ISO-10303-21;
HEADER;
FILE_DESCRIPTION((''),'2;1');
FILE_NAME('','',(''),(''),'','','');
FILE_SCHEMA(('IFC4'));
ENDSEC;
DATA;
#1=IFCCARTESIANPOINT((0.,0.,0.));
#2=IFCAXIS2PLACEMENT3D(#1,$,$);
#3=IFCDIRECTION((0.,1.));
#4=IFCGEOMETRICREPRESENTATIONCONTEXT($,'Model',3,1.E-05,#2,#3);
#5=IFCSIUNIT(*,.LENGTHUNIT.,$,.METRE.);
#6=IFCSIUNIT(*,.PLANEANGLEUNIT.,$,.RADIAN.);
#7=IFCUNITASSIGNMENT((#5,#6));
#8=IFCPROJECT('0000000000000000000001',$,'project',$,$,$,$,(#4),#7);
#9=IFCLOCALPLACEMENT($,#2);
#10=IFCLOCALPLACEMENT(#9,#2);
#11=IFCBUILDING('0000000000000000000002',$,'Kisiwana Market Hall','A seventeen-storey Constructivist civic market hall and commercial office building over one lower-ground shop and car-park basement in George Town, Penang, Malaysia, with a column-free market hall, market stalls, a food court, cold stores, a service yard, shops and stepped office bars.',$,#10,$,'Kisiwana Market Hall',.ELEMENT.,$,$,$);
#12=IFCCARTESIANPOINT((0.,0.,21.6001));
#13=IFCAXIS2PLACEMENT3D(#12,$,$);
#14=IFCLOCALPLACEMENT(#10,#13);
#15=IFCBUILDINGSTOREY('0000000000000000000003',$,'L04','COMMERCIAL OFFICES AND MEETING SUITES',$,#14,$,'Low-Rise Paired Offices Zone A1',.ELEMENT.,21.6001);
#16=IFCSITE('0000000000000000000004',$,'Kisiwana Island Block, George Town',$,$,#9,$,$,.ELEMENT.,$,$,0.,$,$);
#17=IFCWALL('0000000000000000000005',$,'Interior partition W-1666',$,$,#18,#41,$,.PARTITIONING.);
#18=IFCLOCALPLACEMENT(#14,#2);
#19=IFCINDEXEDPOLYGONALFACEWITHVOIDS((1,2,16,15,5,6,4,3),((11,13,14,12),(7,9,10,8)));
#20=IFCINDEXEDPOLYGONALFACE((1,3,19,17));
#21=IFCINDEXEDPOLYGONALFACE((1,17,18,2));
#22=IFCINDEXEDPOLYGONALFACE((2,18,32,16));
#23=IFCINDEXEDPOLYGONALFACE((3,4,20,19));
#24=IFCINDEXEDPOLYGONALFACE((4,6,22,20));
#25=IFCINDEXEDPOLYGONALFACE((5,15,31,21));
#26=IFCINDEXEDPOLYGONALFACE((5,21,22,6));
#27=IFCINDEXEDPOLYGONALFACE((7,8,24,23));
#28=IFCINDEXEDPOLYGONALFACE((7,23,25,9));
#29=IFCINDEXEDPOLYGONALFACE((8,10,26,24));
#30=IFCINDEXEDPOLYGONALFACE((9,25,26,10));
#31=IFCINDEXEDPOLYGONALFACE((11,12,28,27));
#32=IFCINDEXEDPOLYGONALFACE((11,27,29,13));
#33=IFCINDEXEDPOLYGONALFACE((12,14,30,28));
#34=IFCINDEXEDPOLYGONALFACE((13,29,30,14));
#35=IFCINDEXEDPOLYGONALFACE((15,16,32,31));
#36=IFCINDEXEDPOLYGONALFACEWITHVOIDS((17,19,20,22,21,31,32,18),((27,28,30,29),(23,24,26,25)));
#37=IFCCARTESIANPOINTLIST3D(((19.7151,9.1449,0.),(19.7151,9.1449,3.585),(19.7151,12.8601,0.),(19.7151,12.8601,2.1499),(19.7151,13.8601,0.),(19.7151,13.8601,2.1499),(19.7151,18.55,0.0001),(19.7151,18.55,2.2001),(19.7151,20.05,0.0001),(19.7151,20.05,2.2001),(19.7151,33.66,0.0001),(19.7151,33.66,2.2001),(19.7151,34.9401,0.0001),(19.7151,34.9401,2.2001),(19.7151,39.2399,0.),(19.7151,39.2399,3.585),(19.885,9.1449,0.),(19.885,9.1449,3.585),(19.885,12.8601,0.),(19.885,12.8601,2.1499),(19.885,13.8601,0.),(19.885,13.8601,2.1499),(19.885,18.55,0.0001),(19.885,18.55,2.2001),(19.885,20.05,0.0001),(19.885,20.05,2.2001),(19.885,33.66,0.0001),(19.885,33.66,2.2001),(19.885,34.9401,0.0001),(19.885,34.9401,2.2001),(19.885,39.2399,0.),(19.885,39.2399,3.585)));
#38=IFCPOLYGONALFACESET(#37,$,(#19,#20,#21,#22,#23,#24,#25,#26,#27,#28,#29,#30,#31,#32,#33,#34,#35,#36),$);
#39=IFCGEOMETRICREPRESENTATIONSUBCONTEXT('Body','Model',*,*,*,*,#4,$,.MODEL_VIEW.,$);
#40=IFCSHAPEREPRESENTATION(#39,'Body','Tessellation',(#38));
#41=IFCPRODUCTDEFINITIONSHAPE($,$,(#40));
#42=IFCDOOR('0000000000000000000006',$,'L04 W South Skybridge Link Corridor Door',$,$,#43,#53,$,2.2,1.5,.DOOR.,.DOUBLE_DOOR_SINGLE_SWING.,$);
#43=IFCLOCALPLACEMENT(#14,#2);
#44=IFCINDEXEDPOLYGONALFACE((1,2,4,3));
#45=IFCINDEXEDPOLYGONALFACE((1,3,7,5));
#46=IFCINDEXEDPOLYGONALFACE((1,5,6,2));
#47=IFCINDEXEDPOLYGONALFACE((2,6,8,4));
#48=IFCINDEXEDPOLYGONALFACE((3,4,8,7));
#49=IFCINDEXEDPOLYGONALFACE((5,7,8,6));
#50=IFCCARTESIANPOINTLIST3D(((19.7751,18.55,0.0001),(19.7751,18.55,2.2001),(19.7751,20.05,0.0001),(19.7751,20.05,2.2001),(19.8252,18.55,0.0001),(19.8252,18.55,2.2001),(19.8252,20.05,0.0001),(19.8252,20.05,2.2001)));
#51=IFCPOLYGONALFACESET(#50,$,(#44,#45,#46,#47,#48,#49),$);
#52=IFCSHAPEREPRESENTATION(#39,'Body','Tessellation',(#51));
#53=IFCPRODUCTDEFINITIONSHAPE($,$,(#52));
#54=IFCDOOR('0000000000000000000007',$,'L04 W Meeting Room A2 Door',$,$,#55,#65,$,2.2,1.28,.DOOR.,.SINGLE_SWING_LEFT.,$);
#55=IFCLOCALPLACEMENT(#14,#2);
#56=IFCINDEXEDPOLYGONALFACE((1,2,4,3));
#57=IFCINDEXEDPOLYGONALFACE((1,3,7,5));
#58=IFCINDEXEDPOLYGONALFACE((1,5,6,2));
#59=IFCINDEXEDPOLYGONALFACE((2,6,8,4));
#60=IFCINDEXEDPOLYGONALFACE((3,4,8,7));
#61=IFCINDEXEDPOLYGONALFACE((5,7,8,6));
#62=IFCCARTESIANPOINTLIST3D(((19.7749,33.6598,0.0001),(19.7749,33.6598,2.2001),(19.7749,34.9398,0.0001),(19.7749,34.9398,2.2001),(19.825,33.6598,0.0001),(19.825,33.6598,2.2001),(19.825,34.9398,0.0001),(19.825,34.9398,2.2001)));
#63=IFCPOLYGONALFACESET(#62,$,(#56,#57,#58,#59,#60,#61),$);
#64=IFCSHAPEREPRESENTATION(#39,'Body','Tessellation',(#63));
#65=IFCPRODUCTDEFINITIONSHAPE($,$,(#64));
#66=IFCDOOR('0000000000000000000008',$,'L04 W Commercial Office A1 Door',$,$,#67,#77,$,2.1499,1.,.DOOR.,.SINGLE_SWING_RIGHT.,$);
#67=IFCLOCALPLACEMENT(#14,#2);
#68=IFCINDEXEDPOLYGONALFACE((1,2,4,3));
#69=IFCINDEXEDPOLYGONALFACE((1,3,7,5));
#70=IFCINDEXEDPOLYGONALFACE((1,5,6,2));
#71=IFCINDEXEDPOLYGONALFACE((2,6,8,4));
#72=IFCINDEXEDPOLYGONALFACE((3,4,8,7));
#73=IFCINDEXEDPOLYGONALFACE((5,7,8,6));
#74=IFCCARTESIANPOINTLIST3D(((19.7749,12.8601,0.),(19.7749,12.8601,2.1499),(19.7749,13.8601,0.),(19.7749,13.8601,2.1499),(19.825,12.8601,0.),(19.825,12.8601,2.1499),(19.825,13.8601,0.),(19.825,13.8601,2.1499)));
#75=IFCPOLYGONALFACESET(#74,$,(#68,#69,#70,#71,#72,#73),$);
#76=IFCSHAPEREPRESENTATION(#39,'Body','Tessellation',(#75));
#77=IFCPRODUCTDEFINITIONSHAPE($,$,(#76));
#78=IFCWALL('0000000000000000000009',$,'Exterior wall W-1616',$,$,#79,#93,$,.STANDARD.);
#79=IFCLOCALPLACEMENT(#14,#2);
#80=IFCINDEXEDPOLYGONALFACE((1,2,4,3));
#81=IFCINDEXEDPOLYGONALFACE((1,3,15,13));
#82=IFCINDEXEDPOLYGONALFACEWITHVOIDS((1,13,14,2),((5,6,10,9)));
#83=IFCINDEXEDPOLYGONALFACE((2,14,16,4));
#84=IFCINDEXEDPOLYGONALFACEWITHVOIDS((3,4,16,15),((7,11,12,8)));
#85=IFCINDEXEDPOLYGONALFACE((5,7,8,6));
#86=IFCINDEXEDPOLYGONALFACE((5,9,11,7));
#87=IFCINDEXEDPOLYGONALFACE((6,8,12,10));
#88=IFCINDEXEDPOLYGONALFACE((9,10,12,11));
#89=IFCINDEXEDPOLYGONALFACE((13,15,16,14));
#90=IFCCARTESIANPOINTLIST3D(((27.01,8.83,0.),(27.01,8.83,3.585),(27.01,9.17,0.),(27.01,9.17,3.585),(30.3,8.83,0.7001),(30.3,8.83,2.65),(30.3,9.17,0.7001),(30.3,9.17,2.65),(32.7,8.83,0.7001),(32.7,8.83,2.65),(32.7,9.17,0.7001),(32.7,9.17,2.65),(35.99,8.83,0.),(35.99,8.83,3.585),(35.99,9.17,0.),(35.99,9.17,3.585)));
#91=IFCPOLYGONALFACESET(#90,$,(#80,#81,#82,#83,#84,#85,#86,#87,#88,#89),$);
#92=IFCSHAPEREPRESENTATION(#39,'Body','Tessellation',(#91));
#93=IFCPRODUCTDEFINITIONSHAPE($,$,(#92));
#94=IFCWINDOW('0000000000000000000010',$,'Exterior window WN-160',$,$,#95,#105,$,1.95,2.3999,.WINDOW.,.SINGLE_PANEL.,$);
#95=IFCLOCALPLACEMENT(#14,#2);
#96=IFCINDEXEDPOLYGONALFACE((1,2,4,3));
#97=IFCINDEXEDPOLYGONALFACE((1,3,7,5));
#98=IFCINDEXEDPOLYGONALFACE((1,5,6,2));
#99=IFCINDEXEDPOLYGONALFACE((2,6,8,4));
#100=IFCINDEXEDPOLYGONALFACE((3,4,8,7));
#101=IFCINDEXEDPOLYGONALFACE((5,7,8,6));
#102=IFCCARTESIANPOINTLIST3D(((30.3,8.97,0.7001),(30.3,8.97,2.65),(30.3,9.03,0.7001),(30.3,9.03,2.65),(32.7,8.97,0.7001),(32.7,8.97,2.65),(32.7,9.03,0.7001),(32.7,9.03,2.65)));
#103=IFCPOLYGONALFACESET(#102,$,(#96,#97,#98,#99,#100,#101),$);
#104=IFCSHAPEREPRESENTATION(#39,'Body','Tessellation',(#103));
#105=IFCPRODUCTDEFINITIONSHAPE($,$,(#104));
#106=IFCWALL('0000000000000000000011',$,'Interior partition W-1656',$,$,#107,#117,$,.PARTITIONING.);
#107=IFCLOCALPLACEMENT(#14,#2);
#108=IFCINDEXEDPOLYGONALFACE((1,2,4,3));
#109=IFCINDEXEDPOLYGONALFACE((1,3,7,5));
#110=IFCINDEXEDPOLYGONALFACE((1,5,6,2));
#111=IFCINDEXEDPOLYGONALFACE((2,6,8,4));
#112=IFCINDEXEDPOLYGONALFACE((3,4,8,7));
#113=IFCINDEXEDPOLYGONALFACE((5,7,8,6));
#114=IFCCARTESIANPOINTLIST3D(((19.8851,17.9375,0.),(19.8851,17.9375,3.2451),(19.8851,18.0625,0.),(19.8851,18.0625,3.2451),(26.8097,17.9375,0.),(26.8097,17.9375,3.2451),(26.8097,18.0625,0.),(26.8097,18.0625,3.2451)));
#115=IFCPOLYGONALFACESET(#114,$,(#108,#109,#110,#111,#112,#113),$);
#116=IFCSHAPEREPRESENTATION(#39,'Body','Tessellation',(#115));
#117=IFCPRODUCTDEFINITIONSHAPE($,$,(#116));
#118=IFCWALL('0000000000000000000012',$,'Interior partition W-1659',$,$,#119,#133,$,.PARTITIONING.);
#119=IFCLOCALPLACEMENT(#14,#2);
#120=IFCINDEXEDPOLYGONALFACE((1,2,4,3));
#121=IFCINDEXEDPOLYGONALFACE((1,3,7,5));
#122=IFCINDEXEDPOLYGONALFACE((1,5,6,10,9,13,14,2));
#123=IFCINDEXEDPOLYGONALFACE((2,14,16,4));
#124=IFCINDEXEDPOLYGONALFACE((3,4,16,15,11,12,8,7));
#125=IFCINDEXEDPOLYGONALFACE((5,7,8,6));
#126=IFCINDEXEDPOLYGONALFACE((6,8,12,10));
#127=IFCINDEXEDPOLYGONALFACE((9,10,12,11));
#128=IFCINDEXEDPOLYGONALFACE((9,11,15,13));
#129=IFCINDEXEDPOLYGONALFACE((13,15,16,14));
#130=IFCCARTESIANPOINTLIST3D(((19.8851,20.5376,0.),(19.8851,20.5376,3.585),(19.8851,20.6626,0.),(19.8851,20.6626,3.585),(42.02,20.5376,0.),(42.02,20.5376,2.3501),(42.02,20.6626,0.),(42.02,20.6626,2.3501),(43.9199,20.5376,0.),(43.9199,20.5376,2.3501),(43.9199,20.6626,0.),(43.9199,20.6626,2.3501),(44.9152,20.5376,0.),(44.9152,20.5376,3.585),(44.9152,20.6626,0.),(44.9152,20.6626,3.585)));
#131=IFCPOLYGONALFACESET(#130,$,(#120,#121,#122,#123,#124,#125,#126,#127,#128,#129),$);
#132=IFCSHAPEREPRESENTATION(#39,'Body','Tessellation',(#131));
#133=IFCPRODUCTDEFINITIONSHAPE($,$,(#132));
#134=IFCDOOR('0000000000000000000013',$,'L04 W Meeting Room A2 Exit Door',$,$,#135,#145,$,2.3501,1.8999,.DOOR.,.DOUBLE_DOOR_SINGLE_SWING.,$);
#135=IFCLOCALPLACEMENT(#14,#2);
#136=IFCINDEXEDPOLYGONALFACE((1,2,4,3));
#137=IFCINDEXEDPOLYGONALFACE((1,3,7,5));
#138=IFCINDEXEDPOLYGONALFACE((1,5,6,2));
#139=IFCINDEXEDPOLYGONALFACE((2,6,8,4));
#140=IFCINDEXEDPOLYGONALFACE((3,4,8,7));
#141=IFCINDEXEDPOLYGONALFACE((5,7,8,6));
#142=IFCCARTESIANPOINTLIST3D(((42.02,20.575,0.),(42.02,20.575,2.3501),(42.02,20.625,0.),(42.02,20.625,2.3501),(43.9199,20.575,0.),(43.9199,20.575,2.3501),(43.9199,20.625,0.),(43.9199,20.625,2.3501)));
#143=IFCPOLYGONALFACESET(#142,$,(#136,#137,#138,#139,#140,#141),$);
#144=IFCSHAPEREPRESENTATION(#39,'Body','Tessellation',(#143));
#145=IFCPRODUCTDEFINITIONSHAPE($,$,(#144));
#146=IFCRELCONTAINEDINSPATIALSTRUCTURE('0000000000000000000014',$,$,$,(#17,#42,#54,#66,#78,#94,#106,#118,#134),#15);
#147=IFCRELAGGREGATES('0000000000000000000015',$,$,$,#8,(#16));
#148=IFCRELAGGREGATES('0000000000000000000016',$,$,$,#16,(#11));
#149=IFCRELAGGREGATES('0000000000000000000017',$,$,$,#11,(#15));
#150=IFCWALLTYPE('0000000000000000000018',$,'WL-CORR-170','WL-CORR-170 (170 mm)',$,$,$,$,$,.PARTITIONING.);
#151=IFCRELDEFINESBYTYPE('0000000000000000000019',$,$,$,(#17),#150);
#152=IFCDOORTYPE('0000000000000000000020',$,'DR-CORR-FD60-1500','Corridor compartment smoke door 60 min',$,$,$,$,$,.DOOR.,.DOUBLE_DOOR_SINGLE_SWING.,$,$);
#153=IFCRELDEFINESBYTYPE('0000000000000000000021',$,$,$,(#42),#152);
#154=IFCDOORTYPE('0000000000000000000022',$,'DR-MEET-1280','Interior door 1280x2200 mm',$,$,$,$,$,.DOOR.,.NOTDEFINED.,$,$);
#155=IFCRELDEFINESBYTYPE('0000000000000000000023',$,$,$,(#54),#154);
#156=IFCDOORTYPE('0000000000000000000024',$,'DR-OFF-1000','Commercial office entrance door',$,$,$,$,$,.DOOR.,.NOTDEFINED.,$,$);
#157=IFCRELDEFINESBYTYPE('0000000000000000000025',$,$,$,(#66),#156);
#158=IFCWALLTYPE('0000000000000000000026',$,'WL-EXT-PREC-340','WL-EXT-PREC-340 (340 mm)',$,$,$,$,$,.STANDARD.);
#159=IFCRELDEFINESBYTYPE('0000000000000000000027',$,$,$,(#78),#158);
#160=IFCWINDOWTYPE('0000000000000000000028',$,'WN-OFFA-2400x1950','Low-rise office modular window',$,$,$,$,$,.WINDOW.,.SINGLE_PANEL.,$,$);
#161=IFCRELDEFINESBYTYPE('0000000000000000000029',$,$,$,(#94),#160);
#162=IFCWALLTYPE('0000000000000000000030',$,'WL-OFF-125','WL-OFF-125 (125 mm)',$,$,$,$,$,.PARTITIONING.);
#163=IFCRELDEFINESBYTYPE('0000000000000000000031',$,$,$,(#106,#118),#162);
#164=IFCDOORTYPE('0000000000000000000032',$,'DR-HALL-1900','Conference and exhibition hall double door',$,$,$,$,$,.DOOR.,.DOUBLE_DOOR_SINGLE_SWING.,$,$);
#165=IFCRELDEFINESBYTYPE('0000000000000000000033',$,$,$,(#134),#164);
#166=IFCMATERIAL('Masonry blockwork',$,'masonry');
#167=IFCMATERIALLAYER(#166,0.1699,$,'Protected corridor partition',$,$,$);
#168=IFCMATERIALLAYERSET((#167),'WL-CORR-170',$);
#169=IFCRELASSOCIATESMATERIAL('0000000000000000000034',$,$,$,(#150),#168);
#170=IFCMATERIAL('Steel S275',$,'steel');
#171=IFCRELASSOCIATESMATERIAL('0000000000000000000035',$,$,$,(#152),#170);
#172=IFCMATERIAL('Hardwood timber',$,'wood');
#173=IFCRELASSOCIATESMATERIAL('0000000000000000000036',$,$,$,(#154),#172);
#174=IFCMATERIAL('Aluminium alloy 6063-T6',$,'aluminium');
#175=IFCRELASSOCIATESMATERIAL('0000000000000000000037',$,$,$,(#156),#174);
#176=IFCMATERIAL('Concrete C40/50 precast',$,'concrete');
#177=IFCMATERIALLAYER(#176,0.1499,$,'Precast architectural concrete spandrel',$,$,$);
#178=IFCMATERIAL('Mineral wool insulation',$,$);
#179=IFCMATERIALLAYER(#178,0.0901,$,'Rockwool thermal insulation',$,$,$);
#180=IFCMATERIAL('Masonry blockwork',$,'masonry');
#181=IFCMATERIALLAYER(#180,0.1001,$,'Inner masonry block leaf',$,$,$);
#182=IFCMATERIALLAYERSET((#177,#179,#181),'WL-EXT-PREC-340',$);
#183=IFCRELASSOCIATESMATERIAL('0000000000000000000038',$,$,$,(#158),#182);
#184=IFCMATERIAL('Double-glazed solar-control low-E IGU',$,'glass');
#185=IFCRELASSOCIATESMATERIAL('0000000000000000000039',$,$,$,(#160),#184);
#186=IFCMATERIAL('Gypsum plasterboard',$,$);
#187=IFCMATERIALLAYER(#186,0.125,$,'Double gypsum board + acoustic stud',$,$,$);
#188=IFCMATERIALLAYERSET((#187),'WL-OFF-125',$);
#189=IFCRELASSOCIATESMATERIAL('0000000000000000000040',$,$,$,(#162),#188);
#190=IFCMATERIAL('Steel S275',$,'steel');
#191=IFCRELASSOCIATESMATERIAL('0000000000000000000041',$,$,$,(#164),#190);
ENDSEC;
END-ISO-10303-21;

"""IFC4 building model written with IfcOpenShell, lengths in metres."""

from ifc_helpers import new_model, si_unit, direction, frame, frame_2d, origin, place, context, subcontext, project, spatial, rectangle, extrude, material, layer, layer_set, type_object, element, fill, save


model = new_model("IFC4")

# Units and contexts
model_context = context("Model", 3, precision=1e-05, world=origin(), true_north=direction((0.0, 1.0)))
body_context = subcontext(model_context, "Body", "Model", "MODEL_VIEW")
ifc_project = project(units=[si_unit("LENGTHUNIT", "METRE"), si_unit("PLANEANGLEUNIT", "RADIAN")], contexts=[model_context])

# Site, building, storey
site_placement = place(None, origin())
site = spatial("IfcSite", under=ifc_project, at=site_placement, Name="Kisiwana Island Block, George Town", CompositionType="ELEMENT", RefElevation=0.0)
building_placement = place(site_placement, origin())
building = spatial("IfcBuilding", under=site, at=building_placement, Name="Kisiwana Market Hall", Description="A seventeen-storey Constructivist civic market hall and commercial office building over one lower-ground shop and car-park basement in George Town, Penang, Malaysia, with a column-free market hall, market stalls, a food court, cold stores, a service yard, shops and stepped office bars.", LongName="Kisiwana Market Hall", CompositionType="ELEMENT")
storey_placement = place(building_placement, frame((0.0, 0.0, 21.6001)))
storey = spatial("IfcBuildingStorey", under=building, at=storey_placement, Name="L04", Description="COMMERCIAL OFFICES AND MEETING SUITES", LongName="Low-Rise Paired Offices Zone A1", CompositionType="ELEMENT", Elevation=21.6001)

# Shared definitions
ifc_material_1 = material(Name="Masonry blockwork", Category="masonry")
ifc_layer_1 = layer(ifc_material_1, 0.1699, Name="Protected corridor partition")
ifc_layer_set_1 = layer_set([ifc_layer_1], Name="WL-CORR-170")
wall_type_1 = type_object("IfcWallType", Name="WL-CORR-170", Description="WL-CORR-170 (170 mm)", PredefinedType="PARTITIONING", material=ifc_layer_set_1)

# Wall, openings, doors
wall_1_placement = place(storey_placement, frame((19.8, 9.145, 0.0), z_axis=(0.0, 0.0, 1.0), x_axis=(0.0, 1.0, 0.0)))
wall_1 = element("IfcWall", 1, at=wall_1_placement, inside=storey, type_object=wall_type_1, Name="Interior partition W-1666", PredefinedType="PARTITIONING", context=body_context, shape_type="SweptSolid", body=[
    extrude(rectangle(XDim=30.095, YDim=0.1699, at=frame_2d((15.0474, 0.0))), origin(), (0.0, 0.0, 1.0), 3.585),
])
opening_1_placement = place(wall_1_placement, frame((3.7151, 0.0, 0.0)))
opening_1 = element("IfcOpeningElement", 2, at=opening_1_placement, cuts=wall_1, PredefinedType="OPENING", context=body_context, shape_type="SweptSolid", body=[
    extrude(rectangle(XDim=1.0, YDim=2.1499, at=frame_2d((0.5, 1.075))), frame((0.0, 0.0969, 0.0), z_axis=(0.0, -1.0, 0.0), x_axis=(1.0, 0.0, 0.0)), (0.0, 0.0, 1.0), 0.1938),
])
opening_2_placement = place(wall_1_placement, frame((9.405, 0.0, 0.0)))
opening_2 = element("IfcOpeningElement", 3, at=opening_2_placement, cuts=wall_1, PredefinedType="OPENING", context=body_context, shape_type="SweptSolid", body=[
    extrude(rectangle(XDim=1.5, YDim=2.2, at=frame_2d((0.75, 1.1001))), frame((0.0, 0.0969, 0.0), z_axis=(0.0, -1.0, 0.0), x_axis=(1.0, 0.0, 0.0)), (0.0, 0.0, 1.0), 0.1938),
])
opening_3_placement = place(wall_1_placement, frame((24.5149, 0.0, 0.0)))
opening_3 = element("IfcOpeningElement", 4, at=opening_3_placement, cuts=wall_1, PredefinedType="OPENING", context=body_context, shape_type="SweptSolid", body=[
    extrude(rectangle(XDim=1.28, YDim=2.2, at=frame_2d((0.6401, 1.1001))), frame((0.0, 0.0969, 0.0), z_axis=(0.0, -1.0, 0.0), x_axis=(1.0, 0.0, 0.0)), (0.0, 0.0, 1.0), 0.1938),
])
ifc_material_2 = material(Name="Steel S275", Category="steel")
door_type_1 = type_object("IfcDoorType", Name="DR-CORR-FD60-1500", Description="Corridor compartment smoke door 60 min", OperationType="DOUBLE_DOOR_SINGLE_SWING", PredefinedType="DOOR", material=ifc_material_2)
door_1_placement = place(opening_2_placement, origin())
door_1 = element("IfcDoor", 5, at=door_1_placement, inside=storey, type_object=door_type_1, Name="L04 W South Skybridge Link Corridor Door", OperationType="DOUBLE_DOOR_SINGLE_SWING", OverallHeight=2.2, OverallWidth=1.5, PredefinedType="DOOR", context=body_context, shape_type="SweptSolid", body=[
    extrude(rectangle(XDim=1.5, YDim=2.2, at=frame_2d((0.75, 1.1001))), frame((0.0, 0.0249, 0.0), z_axis=(0.0, -1.0, 0.0), x_axis=(1.0, 0.0, 0.0)), (0.0, 0.0, 1.0), 0.05),
])
fill(opening_2, door_1)
ifc_material_3 = material(Name="Hardwood timber", Category="wood")
door_type_2 = type_object("IfcDoorType", Name="DR-MEET-1280", Description="Interior door 1280x2200 mm", OperationType="NOTDEFINED", PredefinedType="DOOR", material=ifc_material_3)
door_2_placement = place(opening_3_placement, frame((1.28, 0.0, 0.0), z_axis=(0.0, 0.0, 1.0), x_axis=(-1.0, 0.0, 0.0)))
door_2 = element("IfcDoor", 6, at=door_2_placement, inside=storey, type_object=door_type_2, Name="L04 W Meeting Room A2 Door", OperationType="SINGLE_SWING_LEFT", OverallHeight=2.2, OverallWidth=1.28, PredefinedType="DOOR", context=body_context, shape_type="SweptSolid", body=[
    extrude(rectangle(XDim=1.28, YDim=2.2, at=frame_2d((0.6401, 1.1001))), frame((0.0, 0.0249, 0.0), z_axis=(0.0, -1.0, 0.0), x_axis=(1.0, 0.0, 0.0)), (0.0, 0.0, 1.0), 0.05),
])
fill(opening_3, door_2)
ifc_material_4 = material(Name="Aluminium alloy 6063-T6", Category="aluminium")
door_type_3 = type_object("IfcDoorType", Name="DR-OFF-1000", Description="Commercial office entrance door", OperationType="NOTDEFINED", PredefinedType="DOOR", material=ifc_material_4)
door_3_placement = place(opening_1_placement, frame((1.0, 0.0, 0.0), z_axis=(0.0, 0.0, 1.0), x_axis=(-1.0, 0.0, 0.0)))
door_3 = element("IfcDoor", 7, at=door_3_placement, inside=storey, type_object=door_type_3, Name="L04 W Commercial Office A1 Door", OperationType="SINGLE_SWING_RIGHT", OverallHeight=2.1499, OverallWidth=1.0, PredefinedType="DOOR", context=body_context, shape_type="SweptSolid", body=[
    extrude(rectangle(XDim=1.0, YDim=2.1499, at=frame_2d((0.5, 1.075))), frame((0.0, 0.0249, 0.0), z_axis=(0.0, -1.0, 0.0), x_axis=(1.0, 0.0, 0.0)), (0.0, 0.0, 1.0), 0.05),
])
fill(opening_1, door_3)

# Wall, opening, window
ifc_material_5 = material(Name="Concrete C40/50 precast", Category="concrete")
ifc_layer_2 = layer(ifc_material_5, 0.1499, Name="Precast architectural concrete spandrel")
ifc_material_6 = material(Name="Mineral wool insulation")
ifc_layer_3 = layer(ifc_material_6, 0.0901, Name="Rockwool thermal insulation")
ifc_material_7 = material(Name="Masonry blockwork", Category="masonry")
ifc_layer_4 = layer(ifc_material_7, 0.1001, Name="Inner masonry block leaf")
ifc_layer_set_2 = layer_set([ifc_layer_2, ifc_layer_3, ifc_layer_4], Name="WL-EXT-PREC-340")
wall_type_2 = type_object("IfcWallType", Name="WL-EXT-PREC-340", Description="WL-EXT-PREC-340 (340 mm)", PredefinedType="STANDARD", material=ifc_layer_set_2)
wall_2_placement = place(storey_placement, frame((27.01, 9.0, 0.0), z_axis=(0.0, 0.0, 1.0), x_axis=(1.0, 0.0, 0.0)))
wall_2 = element("IfcWall", 8, at=wall_2_placement, inside=storey, type_object=wall_type_2, Name="Exterior wall W-1616", PredefinedType="STANDARD", context=body_context, shape_type="SweptSolid", body=[
    extrude(rectangle(XDim=8.98, YDim=0.3401, at=frame_2d((4.49, 0.0))), origin(), (0.0, 0.0, 1.0), 3.585),
])
opening_4_placement = place(wall_2_placement, frame((3.29, 0.0, 0.7)))
opening_4 = element("IfcOpeningElement", 9, at=opening_4_placement, cuts=wall_2, PredefinedType="OPENING", context=body_context, shape_type="SweptSolid", body=[
    extrude(rectangle(XDim=2.3999, YDim=1.95, at=frame_2d((1.2, 0.9751))), frame((0.0, 0.1821, 0.0), z_axis=(0.0, -1.0, 0.0), x_axis=(1.0, 0.0, 0.0)), (0.0, 0.0, 1.0), 0.364),
])
ifc_material_8 = material(Name="Double-glazed solar-control low-E IGU", Category="glass")
window_type = type_object("IfcWindowType", Name="WN-OFFA-2400x1950", Description="Low-rise office modular window", PartitioningType="SINGLE_PANEL", PredefinedType="WINDOW", material=ifc_material_8)
window_placement = place(opening_4_placement, origin())
window = element("IfcWindow", 10, at=window_placement, inside=storey, type_object=window_type, Name="Exterior window WN-160", OverallHeight=1.95, OverallWidth=2.3999, PartitioningType="SINGLE_PANEL", PredefinedType="WINDOW", context=body_context, shape_type="SweptSolid", body=[
    extrude(rectangle(XDim=2.3999, YDim=1.95, at=frame_2d((1.2, 0.9751))), frame((0.0, 0.03, 0.0), z_axis=(0.0, -1.0, 0.0), x_axis=(1.0, 0.0, 0.0)), (0.0, 0.0, 1.0), 0.0601),
])
fill(opening_4, window)

# Wall
ifc_material_9 = material(Name="Gypsum plasterboard")
ifc_layer_5 = layer(ifc_material_9, 0.125, Name="Double gypsum board + acoustic stud")
ifc_layer_set_3 = layer_set([ifc_layer_5], Name="WL-OFF-125")
wall_type_3 = type_object("IfcWallType", Name="WL-OFF-125", Description="WL-OFF-125 (125 mm)", PredefinedType="PARTITIONING", material=ifc_layer_set_3)
wall_3_placement = place(storey_placement, frame((19.885, 18.0, 0.0), z_axis=(0.0, 0.0, 1.0), x_axis=(1.0, 0.0, 0.0)))
element("IfcWall", 11, at=wall_3_placement, inside=storey, type_object=wall_type_3, Name="Interior partition W-1656", PredefinedType="PARTITIONING", context=body_context, shape_type="SweptSolid", body=[
    extrude(rectangle(XDim=6.9246, YDim=0.125, at=frame_2d((3.4624, 0.0))), origin(), (0.0, 0.0, 1.0), 3.2451),
])

# Wall, opening, door
wall_4_placement = place(storey_placement, frame((19.885, 20.6001, 0.0), z_axis=(0.0, 0.0, 1.0), x_axis=(1.0, 0.0, 0.0)))
wall_4 = element("IfcWall", 12, at=wall_4_placement, inside=storey, type_object=wall_type_3, Name="Interior partition W-1659", PredefinedType="PARTITIONING", context=body_context, shape_type="SweptSolid", body=[
    extrude(rectangle(XDim=25.03, YDim=0.125, at=frame_2d((12.5151, 0.0))), origin(), (0.0, 0.0, 1.0), 3.585),
])
opening_5_placement = place(wall_4_placement, frame((22.135, 0.0, 0.0)))
opening_5 = element("IfcOpeningElement", 13, at=opening_5_placement, cuts=wall_4, PredefinedType="OPENING", context=body_context, shape_type="SweptSolid", body=[
    extrude(rectangle(XDim=1.8999, YDim=2.3501, at=frame_2d((0.95, 1.175))), frame((0.0, 0.0745, 0.0), z_axis=(0.0, -1.0, 0.0), x_axis=(1.0, 0.0, 0.0)), (0.0, 0.0, 1.0), 0.1489),
])
ifc_material_10 = material(Name="Steel S275", Category="steel")
door_type_4 = type_object("IfcDoorType", Name="DR-HALL-1900", Description="Conference and exhibition hall double door", OperationType="DOUBLE_DOOR_SINGLE_SWING", PredefinedType="DOOR", material=ifc_material_10)
door_4_placement = place(opening_5_placement, origin())
door_4 = element("IfcDoor", 14, at=door_4_placement, inside=storey, type_object=door_type_4, Name="L04 W Meeting Room A2 Exit Door", OperationType="DOUBLE_DOOR_SINGLE_SWING", OverallHeight=2.3501, OverallWidth=1.8999, PredefinedType="DOOR", context=body_context, shape_type="SweptSolid", body=[
    extrude(rectangle(XDim=1.8999, YDim=2.3501, at=frame_2d((0.95, 1.175))), frame((0.0, 0.0249, 0.0), z_axis=(0.0, -1.0, 0.0), x_axis=(1.0, 0.0, 0.0)), (0.0, 0.0, 1.0), 0.05),
])
fill(opening_5, door_4)

save(model, "model.ifc")
